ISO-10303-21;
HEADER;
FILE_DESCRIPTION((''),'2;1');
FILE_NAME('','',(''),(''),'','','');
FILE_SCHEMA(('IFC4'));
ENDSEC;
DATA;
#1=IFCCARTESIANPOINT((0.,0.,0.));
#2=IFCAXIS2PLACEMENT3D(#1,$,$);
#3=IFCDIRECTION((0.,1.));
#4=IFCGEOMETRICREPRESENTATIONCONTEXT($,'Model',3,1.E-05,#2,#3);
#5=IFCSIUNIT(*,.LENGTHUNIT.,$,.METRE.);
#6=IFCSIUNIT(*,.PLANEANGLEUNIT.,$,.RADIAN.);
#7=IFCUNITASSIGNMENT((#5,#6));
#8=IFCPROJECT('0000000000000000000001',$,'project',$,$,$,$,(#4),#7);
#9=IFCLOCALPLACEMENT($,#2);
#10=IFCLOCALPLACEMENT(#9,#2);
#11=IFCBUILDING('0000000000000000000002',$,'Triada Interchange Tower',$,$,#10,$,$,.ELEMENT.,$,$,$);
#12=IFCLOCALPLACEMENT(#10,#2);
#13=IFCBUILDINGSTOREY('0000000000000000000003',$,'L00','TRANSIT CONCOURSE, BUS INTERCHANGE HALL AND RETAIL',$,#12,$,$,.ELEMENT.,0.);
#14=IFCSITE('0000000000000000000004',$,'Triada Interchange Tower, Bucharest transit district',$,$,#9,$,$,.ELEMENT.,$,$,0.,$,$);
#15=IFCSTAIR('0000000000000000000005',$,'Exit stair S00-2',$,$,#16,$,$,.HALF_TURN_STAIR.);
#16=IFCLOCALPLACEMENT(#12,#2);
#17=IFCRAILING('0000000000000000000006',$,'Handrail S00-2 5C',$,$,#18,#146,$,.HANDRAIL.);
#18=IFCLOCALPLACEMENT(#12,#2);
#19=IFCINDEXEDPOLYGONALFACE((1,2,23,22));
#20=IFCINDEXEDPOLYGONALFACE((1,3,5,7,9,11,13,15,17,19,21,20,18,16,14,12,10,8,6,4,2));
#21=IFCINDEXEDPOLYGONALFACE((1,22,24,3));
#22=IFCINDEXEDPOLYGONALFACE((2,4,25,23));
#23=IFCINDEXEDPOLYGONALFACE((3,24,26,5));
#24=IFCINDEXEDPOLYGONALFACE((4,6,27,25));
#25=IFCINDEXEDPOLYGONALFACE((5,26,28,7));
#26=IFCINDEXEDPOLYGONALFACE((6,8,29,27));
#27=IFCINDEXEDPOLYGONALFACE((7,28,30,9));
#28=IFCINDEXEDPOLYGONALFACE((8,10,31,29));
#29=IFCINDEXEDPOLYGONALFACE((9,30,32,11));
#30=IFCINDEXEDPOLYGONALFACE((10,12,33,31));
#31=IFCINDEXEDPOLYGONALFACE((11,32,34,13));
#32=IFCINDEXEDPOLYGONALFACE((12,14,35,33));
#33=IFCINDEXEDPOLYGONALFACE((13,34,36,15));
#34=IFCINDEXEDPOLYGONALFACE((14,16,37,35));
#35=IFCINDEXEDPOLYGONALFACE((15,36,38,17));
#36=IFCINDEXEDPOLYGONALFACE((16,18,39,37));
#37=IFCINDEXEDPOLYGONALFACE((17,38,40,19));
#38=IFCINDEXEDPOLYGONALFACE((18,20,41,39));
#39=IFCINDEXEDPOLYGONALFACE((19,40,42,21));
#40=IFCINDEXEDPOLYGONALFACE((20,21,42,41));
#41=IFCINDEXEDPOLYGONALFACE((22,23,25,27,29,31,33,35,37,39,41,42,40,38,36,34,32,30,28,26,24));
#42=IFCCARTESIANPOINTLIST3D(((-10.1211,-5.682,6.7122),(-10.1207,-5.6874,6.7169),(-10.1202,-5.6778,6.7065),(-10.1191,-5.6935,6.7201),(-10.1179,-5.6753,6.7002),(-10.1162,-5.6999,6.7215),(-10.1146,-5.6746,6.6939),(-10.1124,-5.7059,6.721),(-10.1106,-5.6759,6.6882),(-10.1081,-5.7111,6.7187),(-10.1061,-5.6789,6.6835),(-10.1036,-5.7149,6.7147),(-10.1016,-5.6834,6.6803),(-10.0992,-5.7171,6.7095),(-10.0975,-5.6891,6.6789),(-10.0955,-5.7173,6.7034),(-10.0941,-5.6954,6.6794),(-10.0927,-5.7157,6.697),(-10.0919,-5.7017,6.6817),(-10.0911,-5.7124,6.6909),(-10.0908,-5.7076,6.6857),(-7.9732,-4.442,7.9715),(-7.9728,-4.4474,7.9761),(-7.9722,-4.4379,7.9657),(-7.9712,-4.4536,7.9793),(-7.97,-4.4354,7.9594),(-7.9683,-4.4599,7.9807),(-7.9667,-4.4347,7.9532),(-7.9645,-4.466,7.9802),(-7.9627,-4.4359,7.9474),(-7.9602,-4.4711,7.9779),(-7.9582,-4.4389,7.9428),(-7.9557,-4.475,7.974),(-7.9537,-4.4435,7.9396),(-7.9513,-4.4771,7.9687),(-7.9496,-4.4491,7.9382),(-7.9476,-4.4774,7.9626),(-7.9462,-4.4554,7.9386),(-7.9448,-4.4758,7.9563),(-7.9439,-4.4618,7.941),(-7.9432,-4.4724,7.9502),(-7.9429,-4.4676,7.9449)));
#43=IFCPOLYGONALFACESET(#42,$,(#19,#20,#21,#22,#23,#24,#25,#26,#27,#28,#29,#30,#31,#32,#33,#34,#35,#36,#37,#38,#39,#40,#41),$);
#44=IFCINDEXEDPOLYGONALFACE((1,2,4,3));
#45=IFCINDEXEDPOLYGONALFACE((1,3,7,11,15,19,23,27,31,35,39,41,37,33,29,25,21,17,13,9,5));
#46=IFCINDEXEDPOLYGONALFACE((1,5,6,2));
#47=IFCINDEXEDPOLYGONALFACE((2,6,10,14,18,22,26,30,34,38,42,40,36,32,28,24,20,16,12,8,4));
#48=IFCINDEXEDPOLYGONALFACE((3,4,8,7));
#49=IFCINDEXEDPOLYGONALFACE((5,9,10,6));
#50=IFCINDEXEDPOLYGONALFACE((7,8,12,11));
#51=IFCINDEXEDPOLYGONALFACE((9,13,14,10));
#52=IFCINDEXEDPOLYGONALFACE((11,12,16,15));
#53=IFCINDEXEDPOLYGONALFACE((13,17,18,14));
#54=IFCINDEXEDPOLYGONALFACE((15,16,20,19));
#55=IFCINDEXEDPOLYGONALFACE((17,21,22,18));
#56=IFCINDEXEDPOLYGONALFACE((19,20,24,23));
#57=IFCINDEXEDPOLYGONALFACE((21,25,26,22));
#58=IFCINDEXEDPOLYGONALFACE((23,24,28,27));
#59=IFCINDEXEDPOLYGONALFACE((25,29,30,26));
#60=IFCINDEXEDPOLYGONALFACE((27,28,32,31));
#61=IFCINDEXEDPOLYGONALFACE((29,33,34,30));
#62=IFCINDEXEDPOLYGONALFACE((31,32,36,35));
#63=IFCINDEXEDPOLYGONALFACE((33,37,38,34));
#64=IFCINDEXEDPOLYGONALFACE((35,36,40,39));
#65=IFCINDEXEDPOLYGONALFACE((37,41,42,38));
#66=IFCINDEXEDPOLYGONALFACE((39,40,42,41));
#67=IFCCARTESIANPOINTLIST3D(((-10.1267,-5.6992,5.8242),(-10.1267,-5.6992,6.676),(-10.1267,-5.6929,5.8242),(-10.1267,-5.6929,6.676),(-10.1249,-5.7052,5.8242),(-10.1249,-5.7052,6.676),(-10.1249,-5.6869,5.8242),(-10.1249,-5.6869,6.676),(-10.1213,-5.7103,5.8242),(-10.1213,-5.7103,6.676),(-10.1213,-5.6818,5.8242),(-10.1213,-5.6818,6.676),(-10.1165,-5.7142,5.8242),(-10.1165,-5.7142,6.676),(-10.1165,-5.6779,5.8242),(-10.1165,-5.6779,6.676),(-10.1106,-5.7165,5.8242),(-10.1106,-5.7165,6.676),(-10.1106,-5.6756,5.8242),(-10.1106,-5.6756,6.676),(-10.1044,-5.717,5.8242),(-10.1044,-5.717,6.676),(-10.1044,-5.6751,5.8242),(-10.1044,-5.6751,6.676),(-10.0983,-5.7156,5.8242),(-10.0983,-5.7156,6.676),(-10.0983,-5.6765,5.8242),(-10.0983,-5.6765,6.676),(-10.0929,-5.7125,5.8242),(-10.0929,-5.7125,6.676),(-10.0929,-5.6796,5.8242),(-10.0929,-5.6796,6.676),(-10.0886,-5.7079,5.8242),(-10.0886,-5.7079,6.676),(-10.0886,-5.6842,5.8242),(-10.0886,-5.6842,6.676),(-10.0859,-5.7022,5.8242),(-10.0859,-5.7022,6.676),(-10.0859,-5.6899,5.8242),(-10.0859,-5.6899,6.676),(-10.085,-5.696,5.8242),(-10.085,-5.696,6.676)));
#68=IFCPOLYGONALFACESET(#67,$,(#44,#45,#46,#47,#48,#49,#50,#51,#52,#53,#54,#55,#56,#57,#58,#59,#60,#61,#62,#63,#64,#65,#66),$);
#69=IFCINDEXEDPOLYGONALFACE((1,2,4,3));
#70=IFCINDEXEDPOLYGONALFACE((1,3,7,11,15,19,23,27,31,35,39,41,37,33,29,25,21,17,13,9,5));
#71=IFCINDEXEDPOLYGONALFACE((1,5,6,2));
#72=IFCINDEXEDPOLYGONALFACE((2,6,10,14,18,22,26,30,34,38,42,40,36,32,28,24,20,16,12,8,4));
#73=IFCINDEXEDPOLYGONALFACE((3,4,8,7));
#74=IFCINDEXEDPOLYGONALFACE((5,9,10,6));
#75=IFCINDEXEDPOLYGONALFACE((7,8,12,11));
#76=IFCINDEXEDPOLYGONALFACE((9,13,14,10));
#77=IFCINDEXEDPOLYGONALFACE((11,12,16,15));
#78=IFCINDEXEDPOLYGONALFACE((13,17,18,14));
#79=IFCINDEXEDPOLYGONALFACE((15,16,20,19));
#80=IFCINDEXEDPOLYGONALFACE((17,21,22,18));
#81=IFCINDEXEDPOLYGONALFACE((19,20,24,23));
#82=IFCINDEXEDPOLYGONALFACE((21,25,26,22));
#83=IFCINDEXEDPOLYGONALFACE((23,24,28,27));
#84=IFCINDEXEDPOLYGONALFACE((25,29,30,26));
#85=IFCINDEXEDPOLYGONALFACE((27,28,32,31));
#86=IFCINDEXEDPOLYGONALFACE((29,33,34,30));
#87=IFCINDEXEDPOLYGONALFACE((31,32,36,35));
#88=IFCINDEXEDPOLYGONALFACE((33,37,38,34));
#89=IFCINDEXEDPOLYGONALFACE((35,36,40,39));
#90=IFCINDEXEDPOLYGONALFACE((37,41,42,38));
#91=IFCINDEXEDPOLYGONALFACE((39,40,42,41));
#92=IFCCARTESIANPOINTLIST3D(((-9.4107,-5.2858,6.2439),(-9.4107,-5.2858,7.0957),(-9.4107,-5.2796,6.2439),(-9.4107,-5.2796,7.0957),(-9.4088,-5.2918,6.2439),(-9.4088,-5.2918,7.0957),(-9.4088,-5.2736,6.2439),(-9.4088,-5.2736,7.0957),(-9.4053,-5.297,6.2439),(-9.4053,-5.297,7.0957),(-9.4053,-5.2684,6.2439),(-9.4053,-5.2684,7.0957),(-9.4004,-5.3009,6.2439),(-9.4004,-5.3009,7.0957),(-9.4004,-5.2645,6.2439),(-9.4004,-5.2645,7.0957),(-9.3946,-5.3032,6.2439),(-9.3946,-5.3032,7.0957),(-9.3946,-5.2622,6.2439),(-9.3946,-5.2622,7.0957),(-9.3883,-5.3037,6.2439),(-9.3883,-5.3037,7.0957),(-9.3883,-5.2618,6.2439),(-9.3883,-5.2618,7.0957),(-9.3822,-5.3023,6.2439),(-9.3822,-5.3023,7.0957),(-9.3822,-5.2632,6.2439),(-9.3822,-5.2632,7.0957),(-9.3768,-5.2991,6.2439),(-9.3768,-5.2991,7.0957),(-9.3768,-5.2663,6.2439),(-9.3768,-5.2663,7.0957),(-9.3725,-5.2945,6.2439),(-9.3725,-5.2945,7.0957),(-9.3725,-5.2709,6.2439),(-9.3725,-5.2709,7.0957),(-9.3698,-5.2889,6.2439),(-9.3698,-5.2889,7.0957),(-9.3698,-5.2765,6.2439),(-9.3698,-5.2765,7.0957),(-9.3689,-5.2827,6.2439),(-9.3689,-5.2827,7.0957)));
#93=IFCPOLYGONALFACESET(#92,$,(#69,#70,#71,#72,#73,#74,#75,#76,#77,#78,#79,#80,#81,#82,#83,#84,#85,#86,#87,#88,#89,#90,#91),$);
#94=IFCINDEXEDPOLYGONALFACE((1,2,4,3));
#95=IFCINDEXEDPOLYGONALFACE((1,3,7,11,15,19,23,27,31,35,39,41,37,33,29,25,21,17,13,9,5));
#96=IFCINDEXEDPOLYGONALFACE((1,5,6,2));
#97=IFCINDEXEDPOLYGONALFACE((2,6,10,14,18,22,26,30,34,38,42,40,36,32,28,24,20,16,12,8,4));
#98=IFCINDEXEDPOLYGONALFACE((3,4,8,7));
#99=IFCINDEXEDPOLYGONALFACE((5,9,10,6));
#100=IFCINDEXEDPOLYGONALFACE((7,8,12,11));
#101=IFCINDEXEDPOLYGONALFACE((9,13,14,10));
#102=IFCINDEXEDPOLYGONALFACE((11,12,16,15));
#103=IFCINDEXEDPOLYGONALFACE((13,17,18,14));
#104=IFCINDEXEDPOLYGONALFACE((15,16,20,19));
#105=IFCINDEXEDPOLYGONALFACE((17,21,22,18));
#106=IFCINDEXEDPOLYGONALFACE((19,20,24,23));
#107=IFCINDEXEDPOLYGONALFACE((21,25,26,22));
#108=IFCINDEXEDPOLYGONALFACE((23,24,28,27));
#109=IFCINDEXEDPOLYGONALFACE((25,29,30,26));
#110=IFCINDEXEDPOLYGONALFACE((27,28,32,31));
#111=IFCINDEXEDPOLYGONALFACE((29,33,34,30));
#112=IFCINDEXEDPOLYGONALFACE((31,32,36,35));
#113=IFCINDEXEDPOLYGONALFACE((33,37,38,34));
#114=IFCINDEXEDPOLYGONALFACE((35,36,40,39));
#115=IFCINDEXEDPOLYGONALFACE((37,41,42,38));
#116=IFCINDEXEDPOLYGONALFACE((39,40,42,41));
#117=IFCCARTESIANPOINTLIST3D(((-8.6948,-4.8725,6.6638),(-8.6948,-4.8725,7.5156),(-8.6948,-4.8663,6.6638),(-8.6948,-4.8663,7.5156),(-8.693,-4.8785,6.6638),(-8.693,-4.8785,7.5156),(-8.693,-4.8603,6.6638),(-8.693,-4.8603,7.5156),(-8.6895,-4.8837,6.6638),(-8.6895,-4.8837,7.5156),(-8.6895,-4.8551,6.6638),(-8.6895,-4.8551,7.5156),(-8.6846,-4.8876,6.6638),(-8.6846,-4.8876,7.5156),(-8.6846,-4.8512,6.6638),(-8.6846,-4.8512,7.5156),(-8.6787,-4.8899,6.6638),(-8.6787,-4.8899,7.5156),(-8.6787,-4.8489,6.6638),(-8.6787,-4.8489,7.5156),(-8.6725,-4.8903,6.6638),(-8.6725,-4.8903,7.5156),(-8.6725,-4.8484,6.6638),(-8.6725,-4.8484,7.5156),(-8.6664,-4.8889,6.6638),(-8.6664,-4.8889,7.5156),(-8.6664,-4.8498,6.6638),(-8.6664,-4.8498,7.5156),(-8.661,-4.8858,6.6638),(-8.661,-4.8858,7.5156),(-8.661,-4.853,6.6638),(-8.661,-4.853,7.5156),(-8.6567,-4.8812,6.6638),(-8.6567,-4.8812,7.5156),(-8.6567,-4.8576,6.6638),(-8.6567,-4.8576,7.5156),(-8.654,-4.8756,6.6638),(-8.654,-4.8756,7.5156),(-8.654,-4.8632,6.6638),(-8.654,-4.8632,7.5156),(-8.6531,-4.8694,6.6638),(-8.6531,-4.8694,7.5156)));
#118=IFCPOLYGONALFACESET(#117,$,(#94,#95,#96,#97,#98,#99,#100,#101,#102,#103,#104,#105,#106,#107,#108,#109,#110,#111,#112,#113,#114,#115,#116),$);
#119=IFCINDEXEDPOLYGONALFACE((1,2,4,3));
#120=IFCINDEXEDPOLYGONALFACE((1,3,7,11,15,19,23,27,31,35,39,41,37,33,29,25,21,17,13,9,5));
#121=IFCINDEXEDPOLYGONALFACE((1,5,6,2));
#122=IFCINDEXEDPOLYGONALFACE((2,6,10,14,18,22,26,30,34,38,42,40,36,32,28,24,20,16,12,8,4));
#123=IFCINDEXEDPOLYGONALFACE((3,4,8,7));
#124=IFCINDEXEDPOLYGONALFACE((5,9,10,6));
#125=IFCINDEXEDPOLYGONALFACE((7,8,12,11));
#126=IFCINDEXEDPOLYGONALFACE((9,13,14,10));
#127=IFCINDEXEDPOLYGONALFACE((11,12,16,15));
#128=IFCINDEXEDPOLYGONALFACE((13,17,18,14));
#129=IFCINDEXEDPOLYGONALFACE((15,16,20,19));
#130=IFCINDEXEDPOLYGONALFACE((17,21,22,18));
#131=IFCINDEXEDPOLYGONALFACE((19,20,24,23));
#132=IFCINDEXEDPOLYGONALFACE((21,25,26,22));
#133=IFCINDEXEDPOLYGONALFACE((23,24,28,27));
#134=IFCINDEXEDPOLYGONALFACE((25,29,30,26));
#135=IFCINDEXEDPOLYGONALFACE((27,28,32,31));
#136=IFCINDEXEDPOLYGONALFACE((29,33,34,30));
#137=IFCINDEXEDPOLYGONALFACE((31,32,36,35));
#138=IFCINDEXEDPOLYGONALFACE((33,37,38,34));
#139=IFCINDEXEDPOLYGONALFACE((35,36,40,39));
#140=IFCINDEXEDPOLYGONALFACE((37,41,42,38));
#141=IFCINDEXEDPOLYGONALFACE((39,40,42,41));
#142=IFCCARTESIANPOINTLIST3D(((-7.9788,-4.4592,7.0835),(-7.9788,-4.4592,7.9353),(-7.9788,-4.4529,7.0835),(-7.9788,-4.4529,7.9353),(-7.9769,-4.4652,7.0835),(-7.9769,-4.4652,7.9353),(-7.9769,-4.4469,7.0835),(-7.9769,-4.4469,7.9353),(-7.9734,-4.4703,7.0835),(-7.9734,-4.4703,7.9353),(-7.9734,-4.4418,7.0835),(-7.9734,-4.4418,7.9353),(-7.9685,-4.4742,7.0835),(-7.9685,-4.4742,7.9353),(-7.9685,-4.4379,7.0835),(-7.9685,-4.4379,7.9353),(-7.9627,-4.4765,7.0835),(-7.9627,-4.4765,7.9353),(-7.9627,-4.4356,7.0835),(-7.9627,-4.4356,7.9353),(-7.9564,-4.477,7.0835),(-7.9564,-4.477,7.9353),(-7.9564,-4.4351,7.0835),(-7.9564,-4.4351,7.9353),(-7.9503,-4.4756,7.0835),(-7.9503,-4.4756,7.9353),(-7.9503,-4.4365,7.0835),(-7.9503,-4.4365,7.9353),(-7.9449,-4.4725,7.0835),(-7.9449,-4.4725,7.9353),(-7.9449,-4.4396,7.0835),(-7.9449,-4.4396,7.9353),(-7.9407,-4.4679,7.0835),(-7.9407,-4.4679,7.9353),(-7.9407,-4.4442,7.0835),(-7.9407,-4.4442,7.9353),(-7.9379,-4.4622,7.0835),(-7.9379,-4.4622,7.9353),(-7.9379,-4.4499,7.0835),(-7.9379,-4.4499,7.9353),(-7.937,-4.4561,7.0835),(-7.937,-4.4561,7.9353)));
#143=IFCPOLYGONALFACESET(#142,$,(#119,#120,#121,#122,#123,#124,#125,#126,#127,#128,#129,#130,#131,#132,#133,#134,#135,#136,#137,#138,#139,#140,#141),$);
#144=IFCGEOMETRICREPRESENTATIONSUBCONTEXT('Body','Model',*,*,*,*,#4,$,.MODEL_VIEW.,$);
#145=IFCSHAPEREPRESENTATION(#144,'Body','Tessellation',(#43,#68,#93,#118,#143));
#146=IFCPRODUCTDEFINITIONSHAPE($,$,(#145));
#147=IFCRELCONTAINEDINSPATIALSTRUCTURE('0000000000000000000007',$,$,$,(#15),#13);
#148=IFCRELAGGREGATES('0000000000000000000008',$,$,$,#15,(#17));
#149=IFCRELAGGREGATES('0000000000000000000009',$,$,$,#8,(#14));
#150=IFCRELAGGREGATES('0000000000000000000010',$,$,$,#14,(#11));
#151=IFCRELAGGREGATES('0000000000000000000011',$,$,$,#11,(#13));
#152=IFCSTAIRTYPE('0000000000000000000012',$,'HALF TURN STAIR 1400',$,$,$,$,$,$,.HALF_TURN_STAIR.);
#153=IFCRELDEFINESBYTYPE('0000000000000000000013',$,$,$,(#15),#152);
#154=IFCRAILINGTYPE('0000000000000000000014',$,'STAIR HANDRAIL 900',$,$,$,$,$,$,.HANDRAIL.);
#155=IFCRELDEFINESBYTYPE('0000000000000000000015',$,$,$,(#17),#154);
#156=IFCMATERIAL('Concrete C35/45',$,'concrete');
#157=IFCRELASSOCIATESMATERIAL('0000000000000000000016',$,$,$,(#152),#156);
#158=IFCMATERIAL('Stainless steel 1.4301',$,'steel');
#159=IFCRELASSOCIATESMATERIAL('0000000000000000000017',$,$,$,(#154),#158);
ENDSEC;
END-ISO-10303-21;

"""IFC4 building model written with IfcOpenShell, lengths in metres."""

from ifc_helpers import new_model, si_unit, direction, frame, origin, origin_2d, place, context, subcontext, project, spatial, circle, extrude, material, type_object, element, aggregate, save


model = new_model("IFC4")

# Units and contexts
model_context = context("Model", 3, precision=1e-05, world=origin(), true_north=direction((0.0, 1.0)))
body_context = subcontext(model_context, "Body", "Model", "MODEL_VIEW")
ifc_project = project(units=[si_unit("LENGTHUNIT", "METRE"), si_unit("PLANEANGLEUNIT", "RADIAN")], contexts=[model_context])

# Site, building, storey
site_placement = place(None, origin())
site = spatial("IfcSite", under=ifc_project, at=site_placement, Name="Triada Interchange Tower, Bucharest transit district", CompositionType="ELEMENT", RefElevation=0.0)
building_placement = place(site_placement, origin())
building = spatial("IfcBuilding", under=site, at=building_placement, Name="Triada Interchange Tower", CompositionType="ELEMENT")
storey_placement = place(building_placement, origin())
storey = spatial("IfcBuildingStorey", under=building, at=storey_placement, Name="L00", Description="TRANSIT CONCOURSE, BUS INTERCHANGE HALL AND RETAIL", CompositionType="ELEMENT", Elevation=0.0)

# Shared definitions
ifc_material_1 = material(Name="Concrete C35/45", Category="concrete")

# Stair, railing
stair_type = type_object("IfcStairType", Name="HALF TURN STAIR 1400", PredefinedType="HALF_TURN_STAIR", material=ifc_material_1)
stair_placement = place(storey_placement, origin())
stair = element("IfcStair", 1, at=stair_placement, inside=storey, type_object=stair_type, Name="Exit stair S00-2", PredefinedType="HALF_TURN_STAIR")
ifc_material_2 = material(Name="Stainless steel 1.4301", Category="steel")
railing_type_1 = type_object("IfcRailingType", Name="STAIR HANDRAIL 900", PredefinedType="HANDRAIL", material=ifc_material_2)
railing_1_placement = place(storey_placement, frame((-10.106, -5.696, 5.8242)))
railing_1 = element("IfcRailing", 2, at=railing_1_placement, type_object=railing_type_1, Name="Handrail S00-2 5C", PredefinedType="HANDRAIL", context=body_context, shape_type="SweptSolid", body=[
    extrude(circle(Radius=0.0239, at=origin_2d()), frame((0.0, 0.0, 0.876), z_axis=(0.772212, 0.445791, 0.452724), x_axis=(-0.499961, 0.866048, 0.0)), (0.0, 0.0, 1.0), 2.7815),
    extrude(circle(Radius=0.021, at=origin_2d()), origin(), (0.0, 0.0, 1.0), 0.8518),
    extrude(circle(Radius=0.021, at=origin_2d()), frame((0.7161, 0.4133, 0.4197)), (0.0, 0.0, 1.0), 0.8518),
    extrude(circle(Radius=0.021, at=origin_2d()), frame((1.4319, 0.8267, 0.8396)), (0.0, 0.0, 1.0), 0.8518),
    extrude(circle(Radius=0.021, at=origin_2d()), frame((2.1479, 1.24, 1.2593)), (0.0, 0.0, 1.0), 0.8518),
])
aggregate(stair, [railing_1])

save(model, "model.ifc")
